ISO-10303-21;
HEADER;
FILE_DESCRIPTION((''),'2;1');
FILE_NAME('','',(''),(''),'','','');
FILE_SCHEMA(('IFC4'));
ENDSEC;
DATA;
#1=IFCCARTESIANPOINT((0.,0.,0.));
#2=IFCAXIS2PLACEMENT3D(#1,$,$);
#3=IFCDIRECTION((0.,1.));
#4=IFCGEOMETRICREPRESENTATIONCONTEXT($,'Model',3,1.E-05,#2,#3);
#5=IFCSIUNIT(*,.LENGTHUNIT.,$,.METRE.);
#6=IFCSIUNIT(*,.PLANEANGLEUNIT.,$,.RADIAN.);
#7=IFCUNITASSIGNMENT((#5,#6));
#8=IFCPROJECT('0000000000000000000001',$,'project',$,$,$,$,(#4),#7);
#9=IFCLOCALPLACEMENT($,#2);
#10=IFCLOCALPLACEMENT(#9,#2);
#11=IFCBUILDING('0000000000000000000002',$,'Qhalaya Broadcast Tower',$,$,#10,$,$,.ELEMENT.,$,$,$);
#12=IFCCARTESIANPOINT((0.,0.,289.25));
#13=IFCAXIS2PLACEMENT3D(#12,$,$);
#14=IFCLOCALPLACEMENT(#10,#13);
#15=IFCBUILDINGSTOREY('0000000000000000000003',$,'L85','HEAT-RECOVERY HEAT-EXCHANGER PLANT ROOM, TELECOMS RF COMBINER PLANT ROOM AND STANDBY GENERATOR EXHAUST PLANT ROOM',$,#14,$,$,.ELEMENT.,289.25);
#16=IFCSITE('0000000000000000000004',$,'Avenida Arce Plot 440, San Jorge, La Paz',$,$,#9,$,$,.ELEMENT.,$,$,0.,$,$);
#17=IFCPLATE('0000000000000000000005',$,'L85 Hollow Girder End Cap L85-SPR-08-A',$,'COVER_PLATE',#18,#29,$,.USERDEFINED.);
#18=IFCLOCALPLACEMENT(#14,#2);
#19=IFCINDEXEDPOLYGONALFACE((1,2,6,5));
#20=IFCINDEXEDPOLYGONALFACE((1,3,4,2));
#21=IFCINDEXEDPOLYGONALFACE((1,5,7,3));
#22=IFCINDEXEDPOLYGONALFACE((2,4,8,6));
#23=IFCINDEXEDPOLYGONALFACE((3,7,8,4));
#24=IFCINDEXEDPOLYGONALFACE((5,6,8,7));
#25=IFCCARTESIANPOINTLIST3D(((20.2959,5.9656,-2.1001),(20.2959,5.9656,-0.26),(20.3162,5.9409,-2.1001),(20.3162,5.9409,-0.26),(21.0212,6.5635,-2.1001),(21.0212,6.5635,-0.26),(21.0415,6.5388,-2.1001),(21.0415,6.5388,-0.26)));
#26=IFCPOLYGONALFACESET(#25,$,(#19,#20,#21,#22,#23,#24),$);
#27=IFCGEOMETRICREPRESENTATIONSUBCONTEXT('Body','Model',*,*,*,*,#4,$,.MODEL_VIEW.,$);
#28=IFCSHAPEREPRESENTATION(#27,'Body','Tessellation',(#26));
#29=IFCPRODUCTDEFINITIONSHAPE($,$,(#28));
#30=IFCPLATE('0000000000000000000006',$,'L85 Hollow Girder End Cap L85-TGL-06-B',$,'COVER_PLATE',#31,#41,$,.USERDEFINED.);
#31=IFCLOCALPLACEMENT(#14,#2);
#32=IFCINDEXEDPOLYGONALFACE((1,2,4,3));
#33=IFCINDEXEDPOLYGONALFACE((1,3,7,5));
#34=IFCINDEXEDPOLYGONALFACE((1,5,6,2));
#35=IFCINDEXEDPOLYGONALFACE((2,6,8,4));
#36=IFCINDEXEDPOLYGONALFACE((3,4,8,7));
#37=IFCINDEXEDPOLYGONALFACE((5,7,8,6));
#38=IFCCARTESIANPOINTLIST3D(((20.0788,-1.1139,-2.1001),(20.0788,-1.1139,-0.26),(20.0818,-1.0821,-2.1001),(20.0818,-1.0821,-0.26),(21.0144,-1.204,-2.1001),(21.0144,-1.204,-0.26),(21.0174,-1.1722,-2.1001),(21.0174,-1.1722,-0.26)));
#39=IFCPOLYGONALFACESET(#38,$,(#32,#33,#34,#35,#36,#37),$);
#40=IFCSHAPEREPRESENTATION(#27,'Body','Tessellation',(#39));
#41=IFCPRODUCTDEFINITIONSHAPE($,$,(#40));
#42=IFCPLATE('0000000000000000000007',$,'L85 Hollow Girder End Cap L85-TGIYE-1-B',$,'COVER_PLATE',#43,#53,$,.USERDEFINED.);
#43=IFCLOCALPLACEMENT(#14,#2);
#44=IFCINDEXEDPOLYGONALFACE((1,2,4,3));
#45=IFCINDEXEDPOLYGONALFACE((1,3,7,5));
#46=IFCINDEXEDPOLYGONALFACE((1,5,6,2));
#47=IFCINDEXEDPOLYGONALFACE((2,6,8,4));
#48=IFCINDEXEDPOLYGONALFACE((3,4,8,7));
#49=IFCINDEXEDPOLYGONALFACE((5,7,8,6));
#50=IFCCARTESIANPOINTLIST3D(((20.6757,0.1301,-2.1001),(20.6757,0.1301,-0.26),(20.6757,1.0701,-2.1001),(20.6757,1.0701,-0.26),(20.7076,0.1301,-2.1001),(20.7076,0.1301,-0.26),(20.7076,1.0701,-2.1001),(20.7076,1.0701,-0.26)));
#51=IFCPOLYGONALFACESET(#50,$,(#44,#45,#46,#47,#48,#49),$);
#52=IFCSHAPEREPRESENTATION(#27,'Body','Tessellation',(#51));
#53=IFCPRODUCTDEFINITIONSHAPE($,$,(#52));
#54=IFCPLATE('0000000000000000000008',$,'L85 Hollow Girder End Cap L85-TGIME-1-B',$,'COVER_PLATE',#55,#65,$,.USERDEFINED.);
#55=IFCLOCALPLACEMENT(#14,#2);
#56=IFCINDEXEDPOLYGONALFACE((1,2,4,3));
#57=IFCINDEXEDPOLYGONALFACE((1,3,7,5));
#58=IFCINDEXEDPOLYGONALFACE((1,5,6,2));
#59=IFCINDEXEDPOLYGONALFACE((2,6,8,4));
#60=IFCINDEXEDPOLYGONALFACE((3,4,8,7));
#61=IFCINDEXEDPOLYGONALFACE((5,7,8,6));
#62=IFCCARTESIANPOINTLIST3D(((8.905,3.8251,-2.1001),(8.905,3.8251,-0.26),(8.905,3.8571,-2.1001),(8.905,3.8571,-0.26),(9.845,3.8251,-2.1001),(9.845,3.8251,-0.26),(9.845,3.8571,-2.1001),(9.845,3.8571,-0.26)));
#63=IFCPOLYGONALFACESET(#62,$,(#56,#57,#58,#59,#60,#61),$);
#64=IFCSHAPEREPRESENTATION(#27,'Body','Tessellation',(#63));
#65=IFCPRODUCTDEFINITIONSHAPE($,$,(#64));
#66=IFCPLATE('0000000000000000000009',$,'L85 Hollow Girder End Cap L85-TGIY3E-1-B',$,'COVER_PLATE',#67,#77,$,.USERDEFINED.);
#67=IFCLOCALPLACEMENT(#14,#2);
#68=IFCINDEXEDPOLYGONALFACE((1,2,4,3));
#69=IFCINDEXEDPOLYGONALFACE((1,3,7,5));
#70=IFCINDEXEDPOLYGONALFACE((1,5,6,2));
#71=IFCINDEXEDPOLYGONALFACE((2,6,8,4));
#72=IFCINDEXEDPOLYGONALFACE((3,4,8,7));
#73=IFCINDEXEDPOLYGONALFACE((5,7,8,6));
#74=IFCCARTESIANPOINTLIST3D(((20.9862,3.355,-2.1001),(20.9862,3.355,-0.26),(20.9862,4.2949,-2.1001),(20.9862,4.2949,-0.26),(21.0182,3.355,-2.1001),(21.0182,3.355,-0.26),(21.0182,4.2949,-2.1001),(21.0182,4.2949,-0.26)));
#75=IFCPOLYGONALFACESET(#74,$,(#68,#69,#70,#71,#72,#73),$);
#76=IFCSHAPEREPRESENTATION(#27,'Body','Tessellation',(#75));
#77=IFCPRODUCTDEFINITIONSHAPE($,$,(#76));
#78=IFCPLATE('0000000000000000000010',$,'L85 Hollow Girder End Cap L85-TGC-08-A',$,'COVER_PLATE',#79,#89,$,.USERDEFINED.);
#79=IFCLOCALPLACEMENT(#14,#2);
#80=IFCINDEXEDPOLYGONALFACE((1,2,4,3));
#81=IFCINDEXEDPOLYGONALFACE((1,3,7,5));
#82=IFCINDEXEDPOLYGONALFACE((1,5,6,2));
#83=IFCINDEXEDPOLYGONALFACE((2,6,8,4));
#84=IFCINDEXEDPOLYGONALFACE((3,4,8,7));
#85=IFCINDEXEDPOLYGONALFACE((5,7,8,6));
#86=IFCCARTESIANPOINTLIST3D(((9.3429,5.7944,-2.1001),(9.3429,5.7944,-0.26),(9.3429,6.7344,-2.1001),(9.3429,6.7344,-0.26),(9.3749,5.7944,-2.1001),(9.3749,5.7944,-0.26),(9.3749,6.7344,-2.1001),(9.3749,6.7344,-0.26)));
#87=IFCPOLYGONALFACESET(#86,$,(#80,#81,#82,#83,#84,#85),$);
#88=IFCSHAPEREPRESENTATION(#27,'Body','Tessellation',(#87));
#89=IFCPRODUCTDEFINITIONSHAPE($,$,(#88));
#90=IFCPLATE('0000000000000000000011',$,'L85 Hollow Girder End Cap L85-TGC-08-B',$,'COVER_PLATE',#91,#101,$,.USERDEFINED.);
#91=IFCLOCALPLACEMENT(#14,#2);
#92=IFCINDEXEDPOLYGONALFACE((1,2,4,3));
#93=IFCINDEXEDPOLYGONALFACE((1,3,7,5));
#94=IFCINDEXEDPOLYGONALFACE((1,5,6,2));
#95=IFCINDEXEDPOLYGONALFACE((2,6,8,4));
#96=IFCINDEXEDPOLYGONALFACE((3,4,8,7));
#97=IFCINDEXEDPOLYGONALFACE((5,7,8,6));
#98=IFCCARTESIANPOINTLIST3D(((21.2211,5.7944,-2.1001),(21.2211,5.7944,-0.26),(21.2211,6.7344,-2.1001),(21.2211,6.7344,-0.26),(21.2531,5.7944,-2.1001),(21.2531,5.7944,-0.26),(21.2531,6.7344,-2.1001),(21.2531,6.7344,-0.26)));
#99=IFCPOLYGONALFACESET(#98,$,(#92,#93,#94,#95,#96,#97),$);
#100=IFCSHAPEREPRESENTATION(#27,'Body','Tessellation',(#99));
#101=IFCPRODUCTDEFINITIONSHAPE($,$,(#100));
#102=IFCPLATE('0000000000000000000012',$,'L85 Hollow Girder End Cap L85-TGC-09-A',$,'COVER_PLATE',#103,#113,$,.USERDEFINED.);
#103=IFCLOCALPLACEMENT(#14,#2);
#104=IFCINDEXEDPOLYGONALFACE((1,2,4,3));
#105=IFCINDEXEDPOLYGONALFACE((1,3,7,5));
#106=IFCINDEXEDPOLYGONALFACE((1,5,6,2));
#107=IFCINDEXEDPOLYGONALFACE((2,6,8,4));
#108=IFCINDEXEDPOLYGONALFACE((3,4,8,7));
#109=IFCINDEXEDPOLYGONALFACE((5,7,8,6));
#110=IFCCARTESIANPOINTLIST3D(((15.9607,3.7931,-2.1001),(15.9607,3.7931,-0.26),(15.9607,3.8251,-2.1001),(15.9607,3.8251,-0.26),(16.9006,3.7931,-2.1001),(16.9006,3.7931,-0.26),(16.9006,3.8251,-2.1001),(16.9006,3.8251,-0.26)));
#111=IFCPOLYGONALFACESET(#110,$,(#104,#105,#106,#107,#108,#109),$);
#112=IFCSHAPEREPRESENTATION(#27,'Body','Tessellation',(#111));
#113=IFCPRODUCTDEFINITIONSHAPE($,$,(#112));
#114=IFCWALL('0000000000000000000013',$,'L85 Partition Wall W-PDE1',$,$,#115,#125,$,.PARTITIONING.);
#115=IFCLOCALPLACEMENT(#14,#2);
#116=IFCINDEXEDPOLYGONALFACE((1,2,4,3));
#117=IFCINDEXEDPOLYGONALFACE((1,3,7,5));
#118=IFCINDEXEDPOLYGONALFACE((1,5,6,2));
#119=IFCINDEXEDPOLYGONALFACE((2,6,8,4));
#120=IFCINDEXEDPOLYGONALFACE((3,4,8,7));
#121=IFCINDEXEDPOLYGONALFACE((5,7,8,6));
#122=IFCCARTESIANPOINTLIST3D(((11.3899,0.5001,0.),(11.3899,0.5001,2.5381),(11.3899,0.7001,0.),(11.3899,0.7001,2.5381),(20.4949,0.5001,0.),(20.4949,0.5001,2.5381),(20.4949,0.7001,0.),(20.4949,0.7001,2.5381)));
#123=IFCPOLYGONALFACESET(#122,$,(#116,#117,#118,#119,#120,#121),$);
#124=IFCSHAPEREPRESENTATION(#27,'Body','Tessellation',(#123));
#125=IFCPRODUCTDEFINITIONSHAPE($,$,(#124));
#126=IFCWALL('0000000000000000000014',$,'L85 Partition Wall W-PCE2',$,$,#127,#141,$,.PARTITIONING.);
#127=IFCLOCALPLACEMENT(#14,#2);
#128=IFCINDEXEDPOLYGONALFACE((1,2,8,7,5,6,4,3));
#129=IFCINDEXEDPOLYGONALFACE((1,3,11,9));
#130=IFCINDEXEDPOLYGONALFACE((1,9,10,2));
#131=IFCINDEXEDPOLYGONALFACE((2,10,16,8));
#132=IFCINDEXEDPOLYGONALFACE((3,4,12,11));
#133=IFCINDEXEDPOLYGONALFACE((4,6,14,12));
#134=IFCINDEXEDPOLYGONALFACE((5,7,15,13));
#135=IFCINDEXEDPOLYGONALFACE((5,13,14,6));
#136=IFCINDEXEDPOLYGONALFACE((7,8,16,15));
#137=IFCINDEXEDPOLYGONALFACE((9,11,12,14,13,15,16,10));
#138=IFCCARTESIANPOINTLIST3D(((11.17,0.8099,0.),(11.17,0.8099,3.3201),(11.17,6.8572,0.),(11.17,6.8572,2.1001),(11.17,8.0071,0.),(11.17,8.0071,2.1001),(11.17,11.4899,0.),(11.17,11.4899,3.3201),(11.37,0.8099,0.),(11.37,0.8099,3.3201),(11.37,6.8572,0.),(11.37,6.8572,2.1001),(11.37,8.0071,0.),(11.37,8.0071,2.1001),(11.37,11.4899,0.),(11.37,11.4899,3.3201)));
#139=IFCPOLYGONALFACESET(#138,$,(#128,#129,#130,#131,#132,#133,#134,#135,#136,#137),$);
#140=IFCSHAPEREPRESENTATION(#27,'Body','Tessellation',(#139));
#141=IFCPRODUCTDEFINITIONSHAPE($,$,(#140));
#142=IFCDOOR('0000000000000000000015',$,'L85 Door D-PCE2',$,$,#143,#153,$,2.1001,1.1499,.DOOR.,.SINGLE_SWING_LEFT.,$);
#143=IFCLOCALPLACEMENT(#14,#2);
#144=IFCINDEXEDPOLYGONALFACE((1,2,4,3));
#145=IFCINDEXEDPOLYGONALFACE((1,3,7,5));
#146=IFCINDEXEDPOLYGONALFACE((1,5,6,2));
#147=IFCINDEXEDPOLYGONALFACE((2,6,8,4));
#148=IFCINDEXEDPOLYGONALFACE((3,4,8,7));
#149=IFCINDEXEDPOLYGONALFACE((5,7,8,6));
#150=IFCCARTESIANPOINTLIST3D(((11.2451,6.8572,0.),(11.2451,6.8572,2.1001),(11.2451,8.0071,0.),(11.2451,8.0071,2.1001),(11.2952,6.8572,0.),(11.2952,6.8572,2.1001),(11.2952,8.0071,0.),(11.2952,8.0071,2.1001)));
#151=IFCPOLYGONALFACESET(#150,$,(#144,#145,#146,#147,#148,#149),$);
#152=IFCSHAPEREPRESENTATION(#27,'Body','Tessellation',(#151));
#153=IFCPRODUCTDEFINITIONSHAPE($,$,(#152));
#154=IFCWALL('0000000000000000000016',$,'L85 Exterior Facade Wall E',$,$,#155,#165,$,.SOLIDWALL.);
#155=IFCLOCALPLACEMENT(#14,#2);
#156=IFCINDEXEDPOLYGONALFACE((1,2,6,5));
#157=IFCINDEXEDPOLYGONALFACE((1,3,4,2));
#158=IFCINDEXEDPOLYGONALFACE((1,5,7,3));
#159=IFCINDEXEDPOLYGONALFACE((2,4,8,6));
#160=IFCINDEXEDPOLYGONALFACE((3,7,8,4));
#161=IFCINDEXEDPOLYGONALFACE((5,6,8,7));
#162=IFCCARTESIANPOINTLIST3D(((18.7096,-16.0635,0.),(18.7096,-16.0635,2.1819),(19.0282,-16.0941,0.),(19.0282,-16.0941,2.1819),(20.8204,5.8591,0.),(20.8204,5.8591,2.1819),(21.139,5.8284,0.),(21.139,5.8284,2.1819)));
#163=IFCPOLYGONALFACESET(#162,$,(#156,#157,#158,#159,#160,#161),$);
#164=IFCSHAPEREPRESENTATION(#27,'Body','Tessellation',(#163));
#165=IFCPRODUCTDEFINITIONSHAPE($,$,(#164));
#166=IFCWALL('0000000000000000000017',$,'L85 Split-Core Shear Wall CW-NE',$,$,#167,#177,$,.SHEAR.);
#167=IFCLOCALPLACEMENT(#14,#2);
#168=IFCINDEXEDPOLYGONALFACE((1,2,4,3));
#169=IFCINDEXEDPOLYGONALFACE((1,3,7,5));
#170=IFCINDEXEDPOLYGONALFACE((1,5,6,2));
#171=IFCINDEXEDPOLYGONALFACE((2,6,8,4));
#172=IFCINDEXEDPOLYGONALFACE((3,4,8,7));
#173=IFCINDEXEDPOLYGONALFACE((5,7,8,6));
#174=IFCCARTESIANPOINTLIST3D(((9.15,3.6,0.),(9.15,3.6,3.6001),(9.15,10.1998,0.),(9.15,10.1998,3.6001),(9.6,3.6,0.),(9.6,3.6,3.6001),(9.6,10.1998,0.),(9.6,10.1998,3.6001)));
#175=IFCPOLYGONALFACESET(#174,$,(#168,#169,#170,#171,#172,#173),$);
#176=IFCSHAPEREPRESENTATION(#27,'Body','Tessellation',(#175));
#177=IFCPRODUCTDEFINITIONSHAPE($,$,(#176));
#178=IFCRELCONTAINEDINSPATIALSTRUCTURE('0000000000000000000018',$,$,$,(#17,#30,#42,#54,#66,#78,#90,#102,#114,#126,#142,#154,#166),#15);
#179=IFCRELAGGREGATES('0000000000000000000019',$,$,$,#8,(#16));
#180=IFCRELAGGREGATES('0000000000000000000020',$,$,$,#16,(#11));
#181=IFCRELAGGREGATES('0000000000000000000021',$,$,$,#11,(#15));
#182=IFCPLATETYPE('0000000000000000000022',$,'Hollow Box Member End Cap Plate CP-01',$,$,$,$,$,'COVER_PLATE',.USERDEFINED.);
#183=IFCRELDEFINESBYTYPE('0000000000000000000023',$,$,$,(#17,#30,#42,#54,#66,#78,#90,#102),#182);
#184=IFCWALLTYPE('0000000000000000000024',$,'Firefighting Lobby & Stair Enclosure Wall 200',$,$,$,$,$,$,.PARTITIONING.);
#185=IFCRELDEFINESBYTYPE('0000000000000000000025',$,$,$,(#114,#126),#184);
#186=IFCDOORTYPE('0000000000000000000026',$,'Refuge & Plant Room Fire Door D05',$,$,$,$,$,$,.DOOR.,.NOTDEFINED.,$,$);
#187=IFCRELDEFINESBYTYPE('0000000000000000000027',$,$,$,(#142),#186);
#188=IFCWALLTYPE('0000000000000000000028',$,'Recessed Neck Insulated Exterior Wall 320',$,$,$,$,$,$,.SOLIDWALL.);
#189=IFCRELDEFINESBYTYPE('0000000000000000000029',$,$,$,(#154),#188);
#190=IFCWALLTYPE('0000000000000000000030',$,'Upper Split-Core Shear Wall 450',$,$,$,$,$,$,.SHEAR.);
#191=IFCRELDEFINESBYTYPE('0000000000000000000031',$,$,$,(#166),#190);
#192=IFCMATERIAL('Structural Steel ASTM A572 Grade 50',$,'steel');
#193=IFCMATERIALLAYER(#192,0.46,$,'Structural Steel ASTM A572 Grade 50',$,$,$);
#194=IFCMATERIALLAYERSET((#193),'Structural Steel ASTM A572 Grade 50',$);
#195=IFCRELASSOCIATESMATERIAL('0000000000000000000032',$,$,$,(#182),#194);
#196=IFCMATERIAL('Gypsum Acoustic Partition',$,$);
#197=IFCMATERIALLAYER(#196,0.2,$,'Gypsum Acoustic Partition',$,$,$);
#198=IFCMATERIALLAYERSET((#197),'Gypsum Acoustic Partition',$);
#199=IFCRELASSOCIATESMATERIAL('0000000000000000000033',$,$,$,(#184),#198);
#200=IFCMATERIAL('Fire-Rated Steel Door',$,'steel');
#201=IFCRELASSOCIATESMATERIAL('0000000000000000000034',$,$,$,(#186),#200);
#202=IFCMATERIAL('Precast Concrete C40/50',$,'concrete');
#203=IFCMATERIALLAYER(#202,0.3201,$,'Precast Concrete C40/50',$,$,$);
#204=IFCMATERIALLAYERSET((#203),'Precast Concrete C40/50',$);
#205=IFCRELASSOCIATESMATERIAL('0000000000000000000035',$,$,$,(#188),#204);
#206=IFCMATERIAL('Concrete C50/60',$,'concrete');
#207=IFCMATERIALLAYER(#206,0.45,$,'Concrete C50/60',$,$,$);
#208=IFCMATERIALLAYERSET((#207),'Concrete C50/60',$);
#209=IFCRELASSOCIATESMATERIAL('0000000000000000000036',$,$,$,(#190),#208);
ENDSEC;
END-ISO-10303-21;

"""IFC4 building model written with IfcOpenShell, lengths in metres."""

from ifc_helpers import new_model, si_unit, direction, frame, frame_2d, origin, origin_2d, place, context, subcontext, project, spatial, rectangle, extrude, material, layer, layer_set, type_object, element, fill, save


model = new_model("IFC4")

# Units and contexts
model_context = context("Model", 3, precision=1e-05, world=origin(), true_north=direction((0.0, 1.0)))
body_context = subcontext(model_context, "Body", "Model", "MODEL_VIEW")
ifc_project = project(units=[si_unit("LENGTHUNIT", "METRE"), si_unit("PLANEANGLEUNIT", "RADIAN")], contexts=[model_context])

# Site, building, storey
site_placement = place(None, origin())
site = spatial("IfcSite", under=ifc_project, at=site_placement, Name="Avenida Arce Plot 440, San Jorge, La Paz", CompositionType="ELEMENT", RefElevation=0.0)
building_placement = place(site_placement, origin())
building = spatial("IfcBuilding", under=site, at=building_placement, Name="Qhalaya Broadcast Tower", CompositionType="ELEMENT")
storey_placement = place(building_placement, frame((0.0, 0.0, 289.25)))
storey = spatial("IfcBuildingStorey", under=building, at=storey_placement, Name="L85", Description="HEAT-RECOVERY HEAT-EXCHANGER PLANT ROOM, TELECOMS RF COMBINER PLANT ROOM AND STANDBY GENERATOR EXHAUST PLANT ROOM", CompositionType="ELEMENT", Elevation=289.25)

# Shared definitions
ifc_material_1 = material(Name="Concrete C50/60", Category="concrete")

# Shared definitions
ifc_material_2 = material(Name="Structural Steel ASTM A572 Grade 50", Category="steel")

# Plates
ifc_layer_1 = layer(ifc_material_2, 0.46, Name="Structural Steel ASTM A572 Grade 50")
ifc_layer_set_1 = layer_set([ifc_layer_1], Name="Structural Steel ASTM A572 Grade 50")
plate_type = type_object("IfcPlateType", Name="Hollow Box Member End Cap Plate CP-01", ElementType="COVER_PLATE", PredefinedType="USERDEFINED", material=ifc_layer_set_1)
for number, where, z_axis, x_axis, name in (
    (1, (20.6687, 6.2522, -2.1001), (0.0, 0.0, 1.0), (-0.771625, -0.636078, 0.0), "L85 Hollow Girder End Cap L85-SPR-08-A"),
    (2, (20.5481, -1.1431, -2.1001), (0.0, 0.0, 1.0), (-0.995396, 0.095846, 0.0), "L85 Hollow Girder End Cap L85-TGL-06-B"),
    (3, (20.6917, 0.6001, -2.1001), (0.0, 0.0, 1.0), (0.0, 1.0, 0.0), "L85 Hollow Girder End Cap L85-TGIYE-1-B"),
    (4, (9.375, 3.8411, -2.1001), (0.0, 0.0, 1.0), (-1.0, 0.0, 0.0), "L85 Hollow Girder End Cap L85-TGIME-1-B"),
    (5, (21.0022, 3.825, -2.1001), (0.0, 0.0, 1.0), (0.0, 1.0, 0.0), "L85 Hollow Girder End Cap L85-TGIY3E-1-B"),
    (6, (9.3589, 6.2644, -2.1001), (0.0, 0.0, 1.0), (0.0, 1.0, 0.0), "L85 Hollow Girder End Cap L85-TGC-08-A"),
    (7, (21.2371, 6.2644, -2.1001), (0.0, 0.0, 1.0), (0.0, 1.0, 0.0), "L85 Hollow Girder End Cap L85-TGC-08-B"),
    (8, (16.4307, 3.8091, -2.1001), (0.0, 0.0, 1.0), (-1.0, 0.0, 0.0), "L85 Hollow Girder End Cap L85-TGC-09-A"),
):
    element("IfcPlate", number, at=place(storey_placement, frame(where, z_axis=z_axis, x_axis=x_axis)), inside=storey, type_object=plate_type, Name=name, ObjectType="COVER_PLATE", PredefinedType="USERDEFINED", context=body_context, shape_type="SweptSolid", body=[
        extrude(rectangle(XDim=0.9399, YDim=0.032, at=origin_2d()), origin(), (0.0, 0.0, 1.0), 1.8401),
    ])

# Wall
ifc_material_3 = material(Name="Gypsum Acoustic Partition")
ifc_layer_2 = layer(ifc_material_3, 0.2, Name="Gypsum Acoustic Partition")
ifc_layer_set_2 = layer_set([ifc_layer_2], Name="Gypsum Acoustic Partition")
wall_type_1 = type_object("IfcWallType", Name="Firefighting Lobby & Stair Enclosure Wall 200", PredefinedType="PARTITIONING", material=ifc_layer_set_2)
wall_1_placement = place(storey_placement, frame((11.3899, 0.6001, 0.0), z_axis=(0.0, 0.0, 1.0), x_axis=(1.0, 0.0, 0.0)))
element("IfcWall", 9, at=wall_1_placement, inside=storey, type_object=wall_type_1, Name="L85 Partition Wall W-PDE1", PredefinedType="PARTITIONING", context=body_context, shape_type="SweptSolid", body=[
    extrude(rectangle(XDim=9.105, YDim=0.2, at=frame_2d((4.5525, 0.0))), origin(), (0.0, 0.0, 1.0), 2.5381),
])

# Wall, opening, door
wall_2_placement = place(storey_placement, frame((11.27, 0.8101, 0.0), z_axis=(0.0, 0.0, 1.0), x_axis=(0.0, 1.0, 0.0)))
wall_2 = element("IfcWall", 10, at=wall_2_placement, inside=storey, type_object=wall_type_1, Name="L85 Partition Wall W-PCE2", PredefinedType="PARTITIONING", context=body_context, shape_type="SweptSolid", body=[
    extrude(rectangle(XDim=10.6799, YDim=0.2, at=frame_2d((5.3398, 0.0))), origin(), (0.0, 0.0, 1.0), 3.3201),
])
opening_placement = place(wall_2_placement, frame((6.0471, 0.0, 0.0)))
opening = element("IfcOpeningElement", 11, at=opening_placement, cuts=wall_2, PredefinedType="OPENING", context=body_context, shape_type="SweptSolid", body=[
    extrude(rectangle(XDim=1.1499, YDim=2.1001, at=frame_2d((0.575, 1.05))), frame((0.0, 0.1121, 0.0), z_axis=(0.0, -1.0, 0.0), x_axis=(1.0, 0.0, 0.0)), (0.0, 0.0, 1.0), 0.2239),
])
ifc_material_4 = material(Name="Fire-Rated Steel Door", Category="steel")
door_type = type_object("IfcDoorType", Name="Refuge & Plant Room Fire Door D05", OperationType="NOTDEFINED", PredefinedType="DOOR", material=ifc_material_4)
door_placement = place(opening_placement, origin())
door = element("IfcDoor", 12, at=door_placement, inside=storey, type_object=door_type, Name="L85 Door D-PCE2", OperationType="SINGLE_SWING_LEFT", OverallHeight=2.1001, OverallWidth=1.1499, PredefinedType="DOOR", context=body_context, shape_type="SweptSolid", body=[
    extrude(rectangle(XDim=1.1499, YDim=2.1001, at=frame_2d((0.575, 1.05))), frame((0.0, 0.0249, 0.0), z_axis=(0.0, -1.0, 0.0), x_axis=(1.0, 0.0, 0.0)), (0.0, 0.0, 1.0), 0.05),
])
fill(opening, door)

# Walls
ifc_material_5 = material(Name="Precast Concrete C40/50", Category="concrete")
ifc_layer_3 = layer(ifc_material_5, 0.3201, Name="Precast Concrete C40/50")
ifc_layer_set_3 = layer_set([ifc_layer_3], Name="Precast Concrete C40/50")
wall_type_2 = type_object("IfcWallType", Name="Recessed Neck Insulated Exterior Wall 320", PredefinedType="SOLIDWALL", material=ifc_layer_set_3)
wall_3_placement = place(storey_placement, frame((20.9797, 5.8438, 0.0), z_axis=(0.0, 0.0, 1.0), x_axis=(-0.095843, -0.995396, 0.0)))
element("IfcWall", 13, at=wall_3_placement, inside=storey, type_object=wall_type_2, Name="L85 Exterior Facade Wall E", PredefinedType="SOLIDWALL", context=body_context, shape_type="SweptSolid", body=[
    extrude(rectangle(XDim=22.0239, YDim=0.3201, at=frame_2d((11.012, 0.0))), origin(), (0.0, 0.0, 1.0), 2.1819),
])
ifc_layer_4 = layer(ifc_material_1, 0.45, Name="Concrete C50/60")
ifc_layer_set_4 = layer_set([ifc_layer_4], Name="Concrete C50/60")
wall_type_3 = type_object("IfcWallType", Name="Upper Split-Core Shear Wall 450", PredefinedType="SHEAR", material=ifc_layer_set_4)
wall_4_placement = place(storey_placement, frame((9.375, 3.6001, 0.0), z_axis=(0.0, 0.0, 1.0), x_axis=(0.0, 1.0, 0.0)))
element("IfcWall", 14, at=wall_4_placement, inside=storey, type_object=wall_type_3, Name="L85 Split-Core Shear Wall CW-NE", PredefinedType="SHEAR", context=body_context, shape_type="SweptSolid", body=[
    extrude(rectangle(XDim=6.5999, YDim=0.45, at=frame_2d((3.2998, 0.0))), origin(), (0.0, 0.0, 1.0), 3.6001),
])

save(model, "model.ifc")
